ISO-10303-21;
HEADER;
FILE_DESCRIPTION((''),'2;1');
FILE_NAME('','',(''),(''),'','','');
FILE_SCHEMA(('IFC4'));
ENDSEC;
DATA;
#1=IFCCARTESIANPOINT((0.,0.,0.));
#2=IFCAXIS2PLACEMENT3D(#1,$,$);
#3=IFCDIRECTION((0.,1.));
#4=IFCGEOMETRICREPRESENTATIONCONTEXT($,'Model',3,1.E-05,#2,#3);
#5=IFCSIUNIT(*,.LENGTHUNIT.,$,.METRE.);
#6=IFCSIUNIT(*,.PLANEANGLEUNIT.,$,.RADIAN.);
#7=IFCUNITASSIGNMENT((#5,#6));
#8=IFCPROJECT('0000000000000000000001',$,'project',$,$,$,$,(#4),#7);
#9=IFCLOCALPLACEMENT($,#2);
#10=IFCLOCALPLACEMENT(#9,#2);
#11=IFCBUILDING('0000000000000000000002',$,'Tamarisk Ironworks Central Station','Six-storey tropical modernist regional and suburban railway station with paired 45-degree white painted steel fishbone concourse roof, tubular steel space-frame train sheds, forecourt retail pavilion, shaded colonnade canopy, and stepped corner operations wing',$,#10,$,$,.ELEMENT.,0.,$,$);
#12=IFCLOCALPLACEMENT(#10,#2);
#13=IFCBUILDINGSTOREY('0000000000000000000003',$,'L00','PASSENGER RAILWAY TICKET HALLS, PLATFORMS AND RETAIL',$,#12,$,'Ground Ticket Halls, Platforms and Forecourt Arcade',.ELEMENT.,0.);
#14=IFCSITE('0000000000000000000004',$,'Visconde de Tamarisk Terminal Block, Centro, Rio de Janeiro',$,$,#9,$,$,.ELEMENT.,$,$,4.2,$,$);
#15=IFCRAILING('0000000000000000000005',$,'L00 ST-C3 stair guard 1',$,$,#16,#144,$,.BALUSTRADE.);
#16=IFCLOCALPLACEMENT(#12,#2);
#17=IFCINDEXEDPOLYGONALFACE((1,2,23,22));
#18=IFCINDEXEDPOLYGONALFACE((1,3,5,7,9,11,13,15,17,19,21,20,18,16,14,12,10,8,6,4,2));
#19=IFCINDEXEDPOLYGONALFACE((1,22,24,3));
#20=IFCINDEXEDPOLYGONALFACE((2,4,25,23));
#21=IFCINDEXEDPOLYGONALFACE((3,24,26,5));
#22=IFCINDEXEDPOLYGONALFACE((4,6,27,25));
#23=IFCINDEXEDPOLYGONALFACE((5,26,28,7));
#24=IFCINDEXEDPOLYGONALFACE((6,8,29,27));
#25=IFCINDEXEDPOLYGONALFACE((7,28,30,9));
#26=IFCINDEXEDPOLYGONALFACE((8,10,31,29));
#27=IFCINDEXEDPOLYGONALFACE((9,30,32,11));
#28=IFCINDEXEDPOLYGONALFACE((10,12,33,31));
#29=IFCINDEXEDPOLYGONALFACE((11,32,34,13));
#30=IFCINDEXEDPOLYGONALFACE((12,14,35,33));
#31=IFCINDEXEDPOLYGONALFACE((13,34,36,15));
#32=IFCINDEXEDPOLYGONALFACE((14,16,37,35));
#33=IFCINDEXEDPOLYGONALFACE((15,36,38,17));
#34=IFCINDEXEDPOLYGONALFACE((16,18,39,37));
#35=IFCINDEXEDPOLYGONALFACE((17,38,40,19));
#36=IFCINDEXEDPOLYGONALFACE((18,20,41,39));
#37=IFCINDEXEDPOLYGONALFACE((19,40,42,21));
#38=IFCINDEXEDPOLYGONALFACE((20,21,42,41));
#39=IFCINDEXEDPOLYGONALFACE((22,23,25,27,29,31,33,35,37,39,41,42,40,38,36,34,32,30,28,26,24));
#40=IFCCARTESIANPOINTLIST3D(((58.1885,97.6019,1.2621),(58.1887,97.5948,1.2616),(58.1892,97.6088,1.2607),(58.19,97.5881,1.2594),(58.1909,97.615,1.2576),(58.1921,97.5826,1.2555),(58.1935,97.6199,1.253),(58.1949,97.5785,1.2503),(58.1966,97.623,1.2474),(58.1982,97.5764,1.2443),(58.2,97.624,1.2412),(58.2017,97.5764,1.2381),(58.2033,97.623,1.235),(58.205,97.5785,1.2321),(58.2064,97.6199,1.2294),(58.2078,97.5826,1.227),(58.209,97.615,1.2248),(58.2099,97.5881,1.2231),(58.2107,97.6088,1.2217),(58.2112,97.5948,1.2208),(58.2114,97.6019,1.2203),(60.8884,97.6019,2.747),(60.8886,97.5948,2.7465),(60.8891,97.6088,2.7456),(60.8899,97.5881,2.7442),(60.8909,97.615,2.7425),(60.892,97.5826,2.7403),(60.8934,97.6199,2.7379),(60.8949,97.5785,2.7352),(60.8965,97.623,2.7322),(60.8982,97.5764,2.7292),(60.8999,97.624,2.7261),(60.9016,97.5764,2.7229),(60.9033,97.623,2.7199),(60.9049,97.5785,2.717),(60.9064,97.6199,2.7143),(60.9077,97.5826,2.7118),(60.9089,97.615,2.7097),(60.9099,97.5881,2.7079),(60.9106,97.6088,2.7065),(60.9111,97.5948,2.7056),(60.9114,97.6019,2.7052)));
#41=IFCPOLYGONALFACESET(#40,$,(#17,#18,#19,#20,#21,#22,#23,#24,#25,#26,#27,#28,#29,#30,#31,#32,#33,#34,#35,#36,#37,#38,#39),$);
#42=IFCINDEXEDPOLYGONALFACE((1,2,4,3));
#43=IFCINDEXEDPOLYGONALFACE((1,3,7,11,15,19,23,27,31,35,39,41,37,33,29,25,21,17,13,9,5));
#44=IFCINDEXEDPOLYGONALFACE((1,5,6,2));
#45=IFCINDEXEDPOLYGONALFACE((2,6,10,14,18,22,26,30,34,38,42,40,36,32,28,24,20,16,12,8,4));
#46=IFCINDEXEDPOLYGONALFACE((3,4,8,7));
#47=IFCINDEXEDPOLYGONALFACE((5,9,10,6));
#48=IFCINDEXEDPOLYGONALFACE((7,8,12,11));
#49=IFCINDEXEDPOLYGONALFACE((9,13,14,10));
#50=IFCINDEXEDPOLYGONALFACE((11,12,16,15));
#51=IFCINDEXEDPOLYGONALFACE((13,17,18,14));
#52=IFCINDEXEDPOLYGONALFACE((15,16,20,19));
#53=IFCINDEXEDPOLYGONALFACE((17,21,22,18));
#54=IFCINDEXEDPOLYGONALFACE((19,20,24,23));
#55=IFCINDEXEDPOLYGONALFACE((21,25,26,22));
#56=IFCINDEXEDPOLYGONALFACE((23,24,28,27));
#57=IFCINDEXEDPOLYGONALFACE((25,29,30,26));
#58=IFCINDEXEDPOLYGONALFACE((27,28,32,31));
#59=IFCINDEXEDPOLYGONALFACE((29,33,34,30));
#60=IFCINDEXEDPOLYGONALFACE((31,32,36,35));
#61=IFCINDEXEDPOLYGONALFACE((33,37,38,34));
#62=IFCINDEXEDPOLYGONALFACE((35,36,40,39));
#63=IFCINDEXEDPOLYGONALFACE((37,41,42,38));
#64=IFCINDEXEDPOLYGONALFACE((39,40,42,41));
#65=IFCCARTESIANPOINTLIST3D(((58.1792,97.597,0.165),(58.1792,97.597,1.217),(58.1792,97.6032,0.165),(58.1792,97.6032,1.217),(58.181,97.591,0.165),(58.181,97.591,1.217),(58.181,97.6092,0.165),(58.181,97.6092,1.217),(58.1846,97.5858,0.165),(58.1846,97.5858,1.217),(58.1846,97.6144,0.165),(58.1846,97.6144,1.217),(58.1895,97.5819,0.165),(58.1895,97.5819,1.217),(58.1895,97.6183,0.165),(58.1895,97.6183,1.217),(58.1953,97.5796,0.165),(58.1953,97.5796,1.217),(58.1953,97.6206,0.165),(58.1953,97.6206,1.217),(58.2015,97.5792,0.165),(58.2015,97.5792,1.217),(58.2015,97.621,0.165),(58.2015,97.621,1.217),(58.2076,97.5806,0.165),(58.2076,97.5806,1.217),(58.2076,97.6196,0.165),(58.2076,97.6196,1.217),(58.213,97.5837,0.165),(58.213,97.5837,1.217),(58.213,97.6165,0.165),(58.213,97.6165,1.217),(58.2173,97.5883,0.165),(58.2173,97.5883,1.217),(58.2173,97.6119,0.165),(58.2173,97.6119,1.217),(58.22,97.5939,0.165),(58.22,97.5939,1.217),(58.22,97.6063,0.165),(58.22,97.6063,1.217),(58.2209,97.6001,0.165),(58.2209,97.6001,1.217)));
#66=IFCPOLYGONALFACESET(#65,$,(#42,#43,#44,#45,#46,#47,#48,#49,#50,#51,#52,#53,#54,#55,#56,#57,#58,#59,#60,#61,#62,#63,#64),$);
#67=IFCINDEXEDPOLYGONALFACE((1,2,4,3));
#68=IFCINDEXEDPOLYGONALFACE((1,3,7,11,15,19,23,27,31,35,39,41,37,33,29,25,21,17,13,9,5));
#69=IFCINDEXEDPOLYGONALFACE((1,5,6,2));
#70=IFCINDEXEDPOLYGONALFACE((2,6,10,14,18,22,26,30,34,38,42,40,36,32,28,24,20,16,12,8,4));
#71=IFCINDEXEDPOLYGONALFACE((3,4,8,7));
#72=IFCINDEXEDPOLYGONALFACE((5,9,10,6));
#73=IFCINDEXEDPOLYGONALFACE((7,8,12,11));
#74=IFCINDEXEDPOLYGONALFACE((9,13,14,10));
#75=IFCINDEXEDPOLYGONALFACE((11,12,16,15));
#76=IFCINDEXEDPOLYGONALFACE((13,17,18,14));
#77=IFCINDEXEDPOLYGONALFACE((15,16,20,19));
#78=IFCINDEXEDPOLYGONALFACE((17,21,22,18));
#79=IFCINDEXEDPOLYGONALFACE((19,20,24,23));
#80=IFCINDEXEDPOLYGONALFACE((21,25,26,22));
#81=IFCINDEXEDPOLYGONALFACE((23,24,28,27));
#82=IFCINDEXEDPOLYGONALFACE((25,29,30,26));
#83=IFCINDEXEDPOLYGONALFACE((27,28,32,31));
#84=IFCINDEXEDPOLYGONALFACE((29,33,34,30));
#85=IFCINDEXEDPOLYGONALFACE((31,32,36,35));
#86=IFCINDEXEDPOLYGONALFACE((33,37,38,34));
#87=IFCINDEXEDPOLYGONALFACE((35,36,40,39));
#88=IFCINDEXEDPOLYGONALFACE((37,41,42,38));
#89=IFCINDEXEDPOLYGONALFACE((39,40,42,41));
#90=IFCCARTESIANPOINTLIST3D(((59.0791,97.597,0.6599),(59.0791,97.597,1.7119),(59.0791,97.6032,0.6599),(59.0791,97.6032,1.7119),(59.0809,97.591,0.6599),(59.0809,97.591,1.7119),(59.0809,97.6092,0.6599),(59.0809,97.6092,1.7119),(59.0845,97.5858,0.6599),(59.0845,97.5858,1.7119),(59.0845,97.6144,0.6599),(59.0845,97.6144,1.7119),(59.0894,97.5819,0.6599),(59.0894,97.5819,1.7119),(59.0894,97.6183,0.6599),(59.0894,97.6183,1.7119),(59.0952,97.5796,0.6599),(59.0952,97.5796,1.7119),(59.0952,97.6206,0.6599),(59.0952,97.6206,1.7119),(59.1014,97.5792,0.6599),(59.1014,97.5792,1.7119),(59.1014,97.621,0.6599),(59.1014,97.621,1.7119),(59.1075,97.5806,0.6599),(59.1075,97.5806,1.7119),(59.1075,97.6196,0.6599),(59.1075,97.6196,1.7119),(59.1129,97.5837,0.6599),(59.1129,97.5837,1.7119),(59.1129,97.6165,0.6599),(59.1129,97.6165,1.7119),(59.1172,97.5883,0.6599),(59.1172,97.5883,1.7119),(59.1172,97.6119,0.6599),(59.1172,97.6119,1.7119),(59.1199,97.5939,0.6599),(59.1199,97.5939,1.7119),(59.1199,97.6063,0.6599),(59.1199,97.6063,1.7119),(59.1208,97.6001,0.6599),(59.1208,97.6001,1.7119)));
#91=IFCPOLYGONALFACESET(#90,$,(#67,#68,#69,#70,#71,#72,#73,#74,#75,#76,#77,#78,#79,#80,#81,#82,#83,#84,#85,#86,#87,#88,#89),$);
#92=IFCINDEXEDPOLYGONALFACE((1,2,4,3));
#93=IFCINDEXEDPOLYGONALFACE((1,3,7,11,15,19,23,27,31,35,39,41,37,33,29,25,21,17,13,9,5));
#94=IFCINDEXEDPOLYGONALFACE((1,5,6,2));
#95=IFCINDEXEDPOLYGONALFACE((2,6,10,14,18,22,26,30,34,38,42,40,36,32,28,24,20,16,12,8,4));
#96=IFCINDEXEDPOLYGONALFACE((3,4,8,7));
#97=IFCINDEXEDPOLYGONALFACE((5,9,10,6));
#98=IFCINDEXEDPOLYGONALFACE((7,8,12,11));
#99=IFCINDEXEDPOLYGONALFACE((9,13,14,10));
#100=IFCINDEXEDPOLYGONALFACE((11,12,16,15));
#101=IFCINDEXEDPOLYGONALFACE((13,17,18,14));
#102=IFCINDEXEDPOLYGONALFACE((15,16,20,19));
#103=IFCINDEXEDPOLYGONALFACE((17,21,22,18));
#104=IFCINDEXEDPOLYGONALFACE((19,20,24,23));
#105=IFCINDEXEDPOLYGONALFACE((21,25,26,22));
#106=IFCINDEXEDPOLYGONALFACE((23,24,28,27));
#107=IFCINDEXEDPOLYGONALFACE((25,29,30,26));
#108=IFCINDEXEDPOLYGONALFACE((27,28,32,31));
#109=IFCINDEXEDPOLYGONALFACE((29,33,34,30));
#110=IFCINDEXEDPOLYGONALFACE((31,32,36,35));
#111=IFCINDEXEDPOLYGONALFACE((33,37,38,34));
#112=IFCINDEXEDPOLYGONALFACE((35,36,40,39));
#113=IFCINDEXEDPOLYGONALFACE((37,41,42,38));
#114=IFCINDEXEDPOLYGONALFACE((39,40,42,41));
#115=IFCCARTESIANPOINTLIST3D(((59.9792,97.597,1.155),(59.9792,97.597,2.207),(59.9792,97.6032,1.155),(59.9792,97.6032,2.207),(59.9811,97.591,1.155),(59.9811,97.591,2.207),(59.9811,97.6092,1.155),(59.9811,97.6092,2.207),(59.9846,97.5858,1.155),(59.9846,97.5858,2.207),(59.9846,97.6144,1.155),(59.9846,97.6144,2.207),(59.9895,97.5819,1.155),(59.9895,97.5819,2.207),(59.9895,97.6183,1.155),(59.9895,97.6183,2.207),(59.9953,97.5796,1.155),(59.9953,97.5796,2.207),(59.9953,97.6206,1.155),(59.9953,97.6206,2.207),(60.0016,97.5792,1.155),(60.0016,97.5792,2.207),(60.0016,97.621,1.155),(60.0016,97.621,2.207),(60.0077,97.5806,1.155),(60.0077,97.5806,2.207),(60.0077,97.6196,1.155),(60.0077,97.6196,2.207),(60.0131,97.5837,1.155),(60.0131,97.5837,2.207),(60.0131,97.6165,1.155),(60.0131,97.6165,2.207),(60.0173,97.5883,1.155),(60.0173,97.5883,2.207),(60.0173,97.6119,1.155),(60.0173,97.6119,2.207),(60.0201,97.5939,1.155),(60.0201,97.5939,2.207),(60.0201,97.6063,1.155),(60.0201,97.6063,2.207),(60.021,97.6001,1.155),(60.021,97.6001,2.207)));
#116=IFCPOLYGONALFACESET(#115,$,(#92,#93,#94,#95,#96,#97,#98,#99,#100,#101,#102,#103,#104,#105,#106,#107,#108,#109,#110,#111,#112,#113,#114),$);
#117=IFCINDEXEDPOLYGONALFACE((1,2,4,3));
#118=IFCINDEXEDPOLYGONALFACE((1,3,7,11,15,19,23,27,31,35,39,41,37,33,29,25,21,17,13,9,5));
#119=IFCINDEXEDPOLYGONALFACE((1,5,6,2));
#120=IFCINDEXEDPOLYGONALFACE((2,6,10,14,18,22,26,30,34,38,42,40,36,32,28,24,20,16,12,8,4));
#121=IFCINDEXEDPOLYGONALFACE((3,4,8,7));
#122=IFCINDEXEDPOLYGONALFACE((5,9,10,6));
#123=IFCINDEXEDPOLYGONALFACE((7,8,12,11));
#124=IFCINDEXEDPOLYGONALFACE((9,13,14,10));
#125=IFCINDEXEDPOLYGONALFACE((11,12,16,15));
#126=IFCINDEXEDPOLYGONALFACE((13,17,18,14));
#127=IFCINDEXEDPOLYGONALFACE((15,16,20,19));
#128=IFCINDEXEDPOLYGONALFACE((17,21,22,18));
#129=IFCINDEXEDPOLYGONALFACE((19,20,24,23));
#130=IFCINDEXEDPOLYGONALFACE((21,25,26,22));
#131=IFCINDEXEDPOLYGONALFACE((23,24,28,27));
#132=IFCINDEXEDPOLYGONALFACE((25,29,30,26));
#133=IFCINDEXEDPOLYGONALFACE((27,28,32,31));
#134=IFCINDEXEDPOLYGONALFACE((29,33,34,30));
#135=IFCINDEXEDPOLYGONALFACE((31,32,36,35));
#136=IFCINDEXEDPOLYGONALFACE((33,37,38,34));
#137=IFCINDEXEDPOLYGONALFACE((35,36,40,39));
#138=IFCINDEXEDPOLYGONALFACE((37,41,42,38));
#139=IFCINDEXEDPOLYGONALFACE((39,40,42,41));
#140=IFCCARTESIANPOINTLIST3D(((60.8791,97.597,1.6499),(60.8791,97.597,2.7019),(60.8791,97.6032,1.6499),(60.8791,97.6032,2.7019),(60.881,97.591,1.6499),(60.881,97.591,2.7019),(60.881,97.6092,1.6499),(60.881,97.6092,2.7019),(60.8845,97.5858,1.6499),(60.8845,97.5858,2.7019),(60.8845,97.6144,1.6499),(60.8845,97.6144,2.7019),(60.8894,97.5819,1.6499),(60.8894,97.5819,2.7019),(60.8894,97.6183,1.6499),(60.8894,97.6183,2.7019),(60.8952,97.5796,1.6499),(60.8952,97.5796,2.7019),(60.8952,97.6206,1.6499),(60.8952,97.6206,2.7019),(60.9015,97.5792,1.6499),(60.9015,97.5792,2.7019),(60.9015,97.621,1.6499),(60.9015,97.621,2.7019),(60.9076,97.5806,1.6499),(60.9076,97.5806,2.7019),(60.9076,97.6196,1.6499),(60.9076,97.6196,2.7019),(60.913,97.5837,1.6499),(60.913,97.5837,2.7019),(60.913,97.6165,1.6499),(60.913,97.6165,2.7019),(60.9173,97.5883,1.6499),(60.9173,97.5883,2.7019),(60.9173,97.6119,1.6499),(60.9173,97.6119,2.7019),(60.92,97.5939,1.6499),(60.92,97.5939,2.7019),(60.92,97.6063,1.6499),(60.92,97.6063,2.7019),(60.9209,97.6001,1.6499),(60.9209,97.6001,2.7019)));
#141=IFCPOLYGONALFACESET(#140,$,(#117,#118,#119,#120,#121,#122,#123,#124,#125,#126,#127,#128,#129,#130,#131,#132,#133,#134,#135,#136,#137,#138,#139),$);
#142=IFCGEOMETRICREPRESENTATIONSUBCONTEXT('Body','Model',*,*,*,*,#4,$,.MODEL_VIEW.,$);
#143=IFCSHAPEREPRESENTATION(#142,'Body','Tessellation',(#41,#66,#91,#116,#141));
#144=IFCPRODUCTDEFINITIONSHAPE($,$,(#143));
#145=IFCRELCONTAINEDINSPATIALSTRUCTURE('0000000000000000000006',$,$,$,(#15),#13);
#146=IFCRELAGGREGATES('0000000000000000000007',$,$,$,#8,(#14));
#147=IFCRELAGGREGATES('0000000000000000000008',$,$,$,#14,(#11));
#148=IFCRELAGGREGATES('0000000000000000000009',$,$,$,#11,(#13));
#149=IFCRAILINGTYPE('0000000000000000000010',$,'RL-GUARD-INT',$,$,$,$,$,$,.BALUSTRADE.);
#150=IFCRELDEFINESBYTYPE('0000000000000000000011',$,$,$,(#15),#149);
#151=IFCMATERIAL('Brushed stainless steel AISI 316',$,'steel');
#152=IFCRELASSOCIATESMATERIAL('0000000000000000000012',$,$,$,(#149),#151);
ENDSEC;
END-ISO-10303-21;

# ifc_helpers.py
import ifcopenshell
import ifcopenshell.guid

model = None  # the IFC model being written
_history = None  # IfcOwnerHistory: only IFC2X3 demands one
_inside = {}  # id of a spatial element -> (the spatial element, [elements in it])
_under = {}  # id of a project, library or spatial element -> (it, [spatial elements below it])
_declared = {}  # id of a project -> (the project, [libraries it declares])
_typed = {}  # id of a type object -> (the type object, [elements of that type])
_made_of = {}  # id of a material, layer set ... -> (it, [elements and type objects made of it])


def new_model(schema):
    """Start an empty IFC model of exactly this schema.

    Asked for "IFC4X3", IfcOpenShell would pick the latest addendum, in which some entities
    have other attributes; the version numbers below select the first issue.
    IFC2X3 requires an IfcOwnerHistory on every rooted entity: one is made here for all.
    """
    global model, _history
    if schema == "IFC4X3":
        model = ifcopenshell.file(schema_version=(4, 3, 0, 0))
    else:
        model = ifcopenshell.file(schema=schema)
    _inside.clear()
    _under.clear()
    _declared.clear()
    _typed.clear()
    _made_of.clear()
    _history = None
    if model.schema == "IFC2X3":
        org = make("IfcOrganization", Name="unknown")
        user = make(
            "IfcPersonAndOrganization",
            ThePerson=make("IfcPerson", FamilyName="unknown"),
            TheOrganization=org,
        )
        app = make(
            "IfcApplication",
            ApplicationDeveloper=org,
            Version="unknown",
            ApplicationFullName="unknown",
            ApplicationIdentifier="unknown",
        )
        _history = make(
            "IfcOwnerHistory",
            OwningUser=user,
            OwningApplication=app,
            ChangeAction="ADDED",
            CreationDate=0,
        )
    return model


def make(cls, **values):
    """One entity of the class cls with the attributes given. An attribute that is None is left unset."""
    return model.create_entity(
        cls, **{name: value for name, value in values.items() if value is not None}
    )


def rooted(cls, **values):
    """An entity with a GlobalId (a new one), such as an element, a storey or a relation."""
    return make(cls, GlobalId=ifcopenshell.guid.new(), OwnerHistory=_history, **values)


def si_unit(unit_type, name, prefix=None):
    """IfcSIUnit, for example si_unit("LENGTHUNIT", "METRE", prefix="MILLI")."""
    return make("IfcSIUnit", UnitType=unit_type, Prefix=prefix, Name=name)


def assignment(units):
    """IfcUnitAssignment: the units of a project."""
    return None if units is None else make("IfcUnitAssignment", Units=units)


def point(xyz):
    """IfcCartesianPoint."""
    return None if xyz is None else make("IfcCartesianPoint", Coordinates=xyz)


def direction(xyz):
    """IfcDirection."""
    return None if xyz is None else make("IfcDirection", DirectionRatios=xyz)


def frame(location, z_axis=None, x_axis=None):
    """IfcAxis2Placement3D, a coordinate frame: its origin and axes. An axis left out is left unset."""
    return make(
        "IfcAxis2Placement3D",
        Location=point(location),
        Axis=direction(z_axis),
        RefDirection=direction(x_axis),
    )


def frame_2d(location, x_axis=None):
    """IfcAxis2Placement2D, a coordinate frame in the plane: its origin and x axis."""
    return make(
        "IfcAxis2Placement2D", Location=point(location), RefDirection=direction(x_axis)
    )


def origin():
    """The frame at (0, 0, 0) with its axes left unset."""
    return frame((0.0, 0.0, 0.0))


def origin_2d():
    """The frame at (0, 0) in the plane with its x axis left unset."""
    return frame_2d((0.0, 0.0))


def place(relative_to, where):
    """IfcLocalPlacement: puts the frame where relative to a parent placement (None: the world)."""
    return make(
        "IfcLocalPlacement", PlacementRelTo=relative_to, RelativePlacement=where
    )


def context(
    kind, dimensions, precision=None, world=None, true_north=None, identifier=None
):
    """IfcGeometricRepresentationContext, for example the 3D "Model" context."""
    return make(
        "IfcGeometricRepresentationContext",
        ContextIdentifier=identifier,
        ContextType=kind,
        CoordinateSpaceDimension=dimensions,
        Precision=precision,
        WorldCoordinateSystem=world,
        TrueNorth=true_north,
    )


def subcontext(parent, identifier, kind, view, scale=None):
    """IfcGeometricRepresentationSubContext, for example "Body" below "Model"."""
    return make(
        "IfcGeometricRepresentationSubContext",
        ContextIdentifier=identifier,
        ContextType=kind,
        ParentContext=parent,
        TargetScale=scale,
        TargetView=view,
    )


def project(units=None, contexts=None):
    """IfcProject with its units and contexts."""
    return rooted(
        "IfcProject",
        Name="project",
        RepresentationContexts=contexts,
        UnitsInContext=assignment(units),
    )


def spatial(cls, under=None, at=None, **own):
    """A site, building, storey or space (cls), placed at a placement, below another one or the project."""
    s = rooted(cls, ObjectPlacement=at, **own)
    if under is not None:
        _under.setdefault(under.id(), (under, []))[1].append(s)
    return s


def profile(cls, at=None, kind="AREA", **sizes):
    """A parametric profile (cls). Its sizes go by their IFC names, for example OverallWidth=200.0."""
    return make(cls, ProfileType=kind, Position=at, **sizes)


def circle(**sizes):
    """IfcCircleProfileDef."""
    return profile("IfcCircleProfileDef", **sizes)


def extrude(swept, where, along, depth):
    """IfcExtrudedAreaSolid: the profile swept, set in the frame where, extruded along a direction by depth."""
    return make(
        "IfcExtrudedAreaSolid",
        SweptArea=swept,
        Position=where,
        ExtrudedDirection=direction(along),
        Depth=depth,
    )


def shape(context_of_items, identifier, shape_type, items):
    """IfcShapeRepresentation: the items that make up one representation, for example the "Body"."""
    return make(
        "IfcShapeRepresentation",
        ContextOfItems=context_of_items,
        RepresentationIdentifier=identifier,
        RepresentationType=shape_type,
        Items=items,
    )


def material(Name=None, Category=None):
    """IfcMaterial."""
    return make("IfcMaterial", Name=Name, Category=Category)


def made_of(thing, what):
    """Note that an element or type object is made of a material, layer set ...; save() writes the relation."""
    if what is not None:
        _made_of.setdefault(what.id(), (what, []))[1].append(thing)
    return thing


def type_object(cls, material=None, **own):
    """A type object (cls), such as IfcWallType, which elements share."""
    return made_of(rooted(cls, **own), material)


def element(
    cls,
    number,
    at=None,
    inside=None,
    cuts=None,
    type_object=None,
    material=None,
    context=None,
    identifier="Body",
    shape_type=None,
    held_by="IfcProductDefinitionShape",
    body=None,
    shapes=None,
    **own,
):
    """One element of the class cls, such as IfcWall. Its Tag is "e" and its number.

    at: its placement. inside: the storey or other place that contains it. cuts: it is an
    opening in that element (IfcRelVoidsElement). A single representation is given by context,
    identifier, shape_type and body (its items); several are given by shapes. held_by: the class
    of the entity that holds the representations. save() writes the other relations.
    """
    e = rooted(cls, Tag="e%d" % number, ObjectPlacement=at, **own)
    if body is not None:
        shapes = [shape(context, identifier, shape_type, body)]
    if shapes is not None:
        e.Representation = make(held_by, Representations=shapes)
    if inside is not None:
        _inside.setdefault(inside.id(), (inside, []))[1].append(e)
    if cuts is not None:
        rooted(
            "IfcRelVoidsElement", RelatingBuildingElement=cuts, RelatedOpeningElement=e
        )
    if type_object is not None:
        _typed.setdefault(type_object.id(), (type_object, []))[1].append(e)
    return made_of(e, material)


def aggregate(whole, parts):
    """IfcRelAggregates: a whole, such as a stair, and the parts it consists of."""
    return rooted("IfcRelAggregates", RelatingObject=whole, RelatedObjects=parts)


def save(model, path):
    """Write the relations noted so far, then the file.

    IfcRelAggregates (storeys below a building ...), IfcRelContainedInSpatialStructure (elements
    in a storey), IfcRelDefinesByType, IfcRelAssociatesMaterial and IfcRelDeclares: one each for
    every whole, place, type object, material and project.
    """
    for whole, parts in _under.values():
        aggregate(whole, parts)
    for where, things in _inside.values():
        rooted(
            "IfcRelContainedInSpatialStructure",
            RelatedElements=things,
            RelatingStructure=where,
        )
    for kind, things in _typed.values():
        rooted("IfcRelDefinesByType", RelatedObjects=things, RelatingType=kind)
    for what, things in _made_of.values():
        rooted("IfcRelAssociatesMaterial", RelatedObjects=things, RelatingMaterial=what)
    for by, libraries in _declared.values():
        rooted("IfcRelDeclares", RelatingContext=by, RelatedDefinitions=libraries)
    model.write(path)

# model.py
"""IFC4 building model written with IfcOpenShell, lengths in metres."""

from ifc_helpers import new_model, si_unit, direction, frame, origin, origin_2d, place, context, subcontext, project, spatial, circle, extrude, material, type_object, element, save


model = new_model("IFC4")

# Units and contexts
model_context = context("Model", 3, precision=1e-05, world=origin(), true_north=direction((0.0, 1.0)))
body_context = subcontext(model_context, "Body", "Model", "MODEL_VIEW")
ifc_project = project(units=[si_unit("LENGTHUNIT", "METRE"), si_unit("PLANEANGLEUNIT", "RADIAN")], contexts=[model_context])

# Site, building, storey
site_placement = place(None, origin())
site = spatial("IfcSite", under=ifc_project, at=site_placement, Name="Visconde de Tamarisk Terminal Block, Centro, Rio de Janeiro", CompositionType="ELEMENT", RefElevation=4.2)
building_placement = place(site_placement, origin())
building = spatial("IfcBuilding", under=site, at=building_placement, Name="Tamarisk Ironworks Central Station", Description="Six-storey tropical modernist regional and suburban railway station with paired 45-degree white painted steel fishbone concourse roof, tubular steel space-frame train sheds, forecourt retail pavilion, shaded colonnade canopy, and stepped corner operations wing", CompositionType="ELEMENT", ElevationOfRefHeight=0.0)
storey_placement = place(building_placement, origin())
storey = spatial("IfcBuildingStorey", under=building, at=storey_placement, Name="L00", Description="PASSENGER RAILWAY TICKET HALLS, PLATFORMS AND RETAIL", LongName="Ground Ticket Halls, Platforms and Forecourt Arcade", CompositionType="ELEMENT", Elevation=0.0)

# Railing
ifc_material_1 = material(Name="Brushed stainless steel AISI 316", Category="steel")
railing_type_1 = type_object("IfcRailingType", Name="RL-GUARD-INT", PredefinedType="BALUSTRADE", material=ifc_material_1)
railing_placement = place(storey_placement, frame((58.2, 97.6001, 0.165)))
element("IfcRailing", 1, at=railing_placement, inside=storey, type_object=railing_type_1, Name="L00 ST-C3 stair guard 1", PredefinedType="BALUSTRADE", context=body_context, shape_type="SweptSolid", body=[
    extrude(circle(Radius=0.0239, at=origin_2d()), frame((0.0, 0.0, 1.0762), z_axis=(0.876231, 0.0, 0.481891), x_axis=(0.0, 1.0, 0.0)), (0.0, 0.0, 1.0), 3.0813),
    extrude(circle(Radius=0.021, at=origin_2d()), origin(), (0.0, 0.0, 1.0), 1.052),
    extrude(circle(Radius=0.021, at=origin_2d()), frame((0.8999, 0.0, 0.4949)), (0.0, 0.0, 1.0), 1.052),
    extrude(circle(Radius=0.021, at=origin_2d()), frame((1.8, 0.0, 0.99)), (0.0, 0.0, 1.0), 1.052),
    extrude(circle(Radius=0.021, at=origin_2d()), frame((2.7, 0.0, 1.4849)), (0.0, 0.0, 1.0), 1.052),
])

save(model, "model.ifc")
